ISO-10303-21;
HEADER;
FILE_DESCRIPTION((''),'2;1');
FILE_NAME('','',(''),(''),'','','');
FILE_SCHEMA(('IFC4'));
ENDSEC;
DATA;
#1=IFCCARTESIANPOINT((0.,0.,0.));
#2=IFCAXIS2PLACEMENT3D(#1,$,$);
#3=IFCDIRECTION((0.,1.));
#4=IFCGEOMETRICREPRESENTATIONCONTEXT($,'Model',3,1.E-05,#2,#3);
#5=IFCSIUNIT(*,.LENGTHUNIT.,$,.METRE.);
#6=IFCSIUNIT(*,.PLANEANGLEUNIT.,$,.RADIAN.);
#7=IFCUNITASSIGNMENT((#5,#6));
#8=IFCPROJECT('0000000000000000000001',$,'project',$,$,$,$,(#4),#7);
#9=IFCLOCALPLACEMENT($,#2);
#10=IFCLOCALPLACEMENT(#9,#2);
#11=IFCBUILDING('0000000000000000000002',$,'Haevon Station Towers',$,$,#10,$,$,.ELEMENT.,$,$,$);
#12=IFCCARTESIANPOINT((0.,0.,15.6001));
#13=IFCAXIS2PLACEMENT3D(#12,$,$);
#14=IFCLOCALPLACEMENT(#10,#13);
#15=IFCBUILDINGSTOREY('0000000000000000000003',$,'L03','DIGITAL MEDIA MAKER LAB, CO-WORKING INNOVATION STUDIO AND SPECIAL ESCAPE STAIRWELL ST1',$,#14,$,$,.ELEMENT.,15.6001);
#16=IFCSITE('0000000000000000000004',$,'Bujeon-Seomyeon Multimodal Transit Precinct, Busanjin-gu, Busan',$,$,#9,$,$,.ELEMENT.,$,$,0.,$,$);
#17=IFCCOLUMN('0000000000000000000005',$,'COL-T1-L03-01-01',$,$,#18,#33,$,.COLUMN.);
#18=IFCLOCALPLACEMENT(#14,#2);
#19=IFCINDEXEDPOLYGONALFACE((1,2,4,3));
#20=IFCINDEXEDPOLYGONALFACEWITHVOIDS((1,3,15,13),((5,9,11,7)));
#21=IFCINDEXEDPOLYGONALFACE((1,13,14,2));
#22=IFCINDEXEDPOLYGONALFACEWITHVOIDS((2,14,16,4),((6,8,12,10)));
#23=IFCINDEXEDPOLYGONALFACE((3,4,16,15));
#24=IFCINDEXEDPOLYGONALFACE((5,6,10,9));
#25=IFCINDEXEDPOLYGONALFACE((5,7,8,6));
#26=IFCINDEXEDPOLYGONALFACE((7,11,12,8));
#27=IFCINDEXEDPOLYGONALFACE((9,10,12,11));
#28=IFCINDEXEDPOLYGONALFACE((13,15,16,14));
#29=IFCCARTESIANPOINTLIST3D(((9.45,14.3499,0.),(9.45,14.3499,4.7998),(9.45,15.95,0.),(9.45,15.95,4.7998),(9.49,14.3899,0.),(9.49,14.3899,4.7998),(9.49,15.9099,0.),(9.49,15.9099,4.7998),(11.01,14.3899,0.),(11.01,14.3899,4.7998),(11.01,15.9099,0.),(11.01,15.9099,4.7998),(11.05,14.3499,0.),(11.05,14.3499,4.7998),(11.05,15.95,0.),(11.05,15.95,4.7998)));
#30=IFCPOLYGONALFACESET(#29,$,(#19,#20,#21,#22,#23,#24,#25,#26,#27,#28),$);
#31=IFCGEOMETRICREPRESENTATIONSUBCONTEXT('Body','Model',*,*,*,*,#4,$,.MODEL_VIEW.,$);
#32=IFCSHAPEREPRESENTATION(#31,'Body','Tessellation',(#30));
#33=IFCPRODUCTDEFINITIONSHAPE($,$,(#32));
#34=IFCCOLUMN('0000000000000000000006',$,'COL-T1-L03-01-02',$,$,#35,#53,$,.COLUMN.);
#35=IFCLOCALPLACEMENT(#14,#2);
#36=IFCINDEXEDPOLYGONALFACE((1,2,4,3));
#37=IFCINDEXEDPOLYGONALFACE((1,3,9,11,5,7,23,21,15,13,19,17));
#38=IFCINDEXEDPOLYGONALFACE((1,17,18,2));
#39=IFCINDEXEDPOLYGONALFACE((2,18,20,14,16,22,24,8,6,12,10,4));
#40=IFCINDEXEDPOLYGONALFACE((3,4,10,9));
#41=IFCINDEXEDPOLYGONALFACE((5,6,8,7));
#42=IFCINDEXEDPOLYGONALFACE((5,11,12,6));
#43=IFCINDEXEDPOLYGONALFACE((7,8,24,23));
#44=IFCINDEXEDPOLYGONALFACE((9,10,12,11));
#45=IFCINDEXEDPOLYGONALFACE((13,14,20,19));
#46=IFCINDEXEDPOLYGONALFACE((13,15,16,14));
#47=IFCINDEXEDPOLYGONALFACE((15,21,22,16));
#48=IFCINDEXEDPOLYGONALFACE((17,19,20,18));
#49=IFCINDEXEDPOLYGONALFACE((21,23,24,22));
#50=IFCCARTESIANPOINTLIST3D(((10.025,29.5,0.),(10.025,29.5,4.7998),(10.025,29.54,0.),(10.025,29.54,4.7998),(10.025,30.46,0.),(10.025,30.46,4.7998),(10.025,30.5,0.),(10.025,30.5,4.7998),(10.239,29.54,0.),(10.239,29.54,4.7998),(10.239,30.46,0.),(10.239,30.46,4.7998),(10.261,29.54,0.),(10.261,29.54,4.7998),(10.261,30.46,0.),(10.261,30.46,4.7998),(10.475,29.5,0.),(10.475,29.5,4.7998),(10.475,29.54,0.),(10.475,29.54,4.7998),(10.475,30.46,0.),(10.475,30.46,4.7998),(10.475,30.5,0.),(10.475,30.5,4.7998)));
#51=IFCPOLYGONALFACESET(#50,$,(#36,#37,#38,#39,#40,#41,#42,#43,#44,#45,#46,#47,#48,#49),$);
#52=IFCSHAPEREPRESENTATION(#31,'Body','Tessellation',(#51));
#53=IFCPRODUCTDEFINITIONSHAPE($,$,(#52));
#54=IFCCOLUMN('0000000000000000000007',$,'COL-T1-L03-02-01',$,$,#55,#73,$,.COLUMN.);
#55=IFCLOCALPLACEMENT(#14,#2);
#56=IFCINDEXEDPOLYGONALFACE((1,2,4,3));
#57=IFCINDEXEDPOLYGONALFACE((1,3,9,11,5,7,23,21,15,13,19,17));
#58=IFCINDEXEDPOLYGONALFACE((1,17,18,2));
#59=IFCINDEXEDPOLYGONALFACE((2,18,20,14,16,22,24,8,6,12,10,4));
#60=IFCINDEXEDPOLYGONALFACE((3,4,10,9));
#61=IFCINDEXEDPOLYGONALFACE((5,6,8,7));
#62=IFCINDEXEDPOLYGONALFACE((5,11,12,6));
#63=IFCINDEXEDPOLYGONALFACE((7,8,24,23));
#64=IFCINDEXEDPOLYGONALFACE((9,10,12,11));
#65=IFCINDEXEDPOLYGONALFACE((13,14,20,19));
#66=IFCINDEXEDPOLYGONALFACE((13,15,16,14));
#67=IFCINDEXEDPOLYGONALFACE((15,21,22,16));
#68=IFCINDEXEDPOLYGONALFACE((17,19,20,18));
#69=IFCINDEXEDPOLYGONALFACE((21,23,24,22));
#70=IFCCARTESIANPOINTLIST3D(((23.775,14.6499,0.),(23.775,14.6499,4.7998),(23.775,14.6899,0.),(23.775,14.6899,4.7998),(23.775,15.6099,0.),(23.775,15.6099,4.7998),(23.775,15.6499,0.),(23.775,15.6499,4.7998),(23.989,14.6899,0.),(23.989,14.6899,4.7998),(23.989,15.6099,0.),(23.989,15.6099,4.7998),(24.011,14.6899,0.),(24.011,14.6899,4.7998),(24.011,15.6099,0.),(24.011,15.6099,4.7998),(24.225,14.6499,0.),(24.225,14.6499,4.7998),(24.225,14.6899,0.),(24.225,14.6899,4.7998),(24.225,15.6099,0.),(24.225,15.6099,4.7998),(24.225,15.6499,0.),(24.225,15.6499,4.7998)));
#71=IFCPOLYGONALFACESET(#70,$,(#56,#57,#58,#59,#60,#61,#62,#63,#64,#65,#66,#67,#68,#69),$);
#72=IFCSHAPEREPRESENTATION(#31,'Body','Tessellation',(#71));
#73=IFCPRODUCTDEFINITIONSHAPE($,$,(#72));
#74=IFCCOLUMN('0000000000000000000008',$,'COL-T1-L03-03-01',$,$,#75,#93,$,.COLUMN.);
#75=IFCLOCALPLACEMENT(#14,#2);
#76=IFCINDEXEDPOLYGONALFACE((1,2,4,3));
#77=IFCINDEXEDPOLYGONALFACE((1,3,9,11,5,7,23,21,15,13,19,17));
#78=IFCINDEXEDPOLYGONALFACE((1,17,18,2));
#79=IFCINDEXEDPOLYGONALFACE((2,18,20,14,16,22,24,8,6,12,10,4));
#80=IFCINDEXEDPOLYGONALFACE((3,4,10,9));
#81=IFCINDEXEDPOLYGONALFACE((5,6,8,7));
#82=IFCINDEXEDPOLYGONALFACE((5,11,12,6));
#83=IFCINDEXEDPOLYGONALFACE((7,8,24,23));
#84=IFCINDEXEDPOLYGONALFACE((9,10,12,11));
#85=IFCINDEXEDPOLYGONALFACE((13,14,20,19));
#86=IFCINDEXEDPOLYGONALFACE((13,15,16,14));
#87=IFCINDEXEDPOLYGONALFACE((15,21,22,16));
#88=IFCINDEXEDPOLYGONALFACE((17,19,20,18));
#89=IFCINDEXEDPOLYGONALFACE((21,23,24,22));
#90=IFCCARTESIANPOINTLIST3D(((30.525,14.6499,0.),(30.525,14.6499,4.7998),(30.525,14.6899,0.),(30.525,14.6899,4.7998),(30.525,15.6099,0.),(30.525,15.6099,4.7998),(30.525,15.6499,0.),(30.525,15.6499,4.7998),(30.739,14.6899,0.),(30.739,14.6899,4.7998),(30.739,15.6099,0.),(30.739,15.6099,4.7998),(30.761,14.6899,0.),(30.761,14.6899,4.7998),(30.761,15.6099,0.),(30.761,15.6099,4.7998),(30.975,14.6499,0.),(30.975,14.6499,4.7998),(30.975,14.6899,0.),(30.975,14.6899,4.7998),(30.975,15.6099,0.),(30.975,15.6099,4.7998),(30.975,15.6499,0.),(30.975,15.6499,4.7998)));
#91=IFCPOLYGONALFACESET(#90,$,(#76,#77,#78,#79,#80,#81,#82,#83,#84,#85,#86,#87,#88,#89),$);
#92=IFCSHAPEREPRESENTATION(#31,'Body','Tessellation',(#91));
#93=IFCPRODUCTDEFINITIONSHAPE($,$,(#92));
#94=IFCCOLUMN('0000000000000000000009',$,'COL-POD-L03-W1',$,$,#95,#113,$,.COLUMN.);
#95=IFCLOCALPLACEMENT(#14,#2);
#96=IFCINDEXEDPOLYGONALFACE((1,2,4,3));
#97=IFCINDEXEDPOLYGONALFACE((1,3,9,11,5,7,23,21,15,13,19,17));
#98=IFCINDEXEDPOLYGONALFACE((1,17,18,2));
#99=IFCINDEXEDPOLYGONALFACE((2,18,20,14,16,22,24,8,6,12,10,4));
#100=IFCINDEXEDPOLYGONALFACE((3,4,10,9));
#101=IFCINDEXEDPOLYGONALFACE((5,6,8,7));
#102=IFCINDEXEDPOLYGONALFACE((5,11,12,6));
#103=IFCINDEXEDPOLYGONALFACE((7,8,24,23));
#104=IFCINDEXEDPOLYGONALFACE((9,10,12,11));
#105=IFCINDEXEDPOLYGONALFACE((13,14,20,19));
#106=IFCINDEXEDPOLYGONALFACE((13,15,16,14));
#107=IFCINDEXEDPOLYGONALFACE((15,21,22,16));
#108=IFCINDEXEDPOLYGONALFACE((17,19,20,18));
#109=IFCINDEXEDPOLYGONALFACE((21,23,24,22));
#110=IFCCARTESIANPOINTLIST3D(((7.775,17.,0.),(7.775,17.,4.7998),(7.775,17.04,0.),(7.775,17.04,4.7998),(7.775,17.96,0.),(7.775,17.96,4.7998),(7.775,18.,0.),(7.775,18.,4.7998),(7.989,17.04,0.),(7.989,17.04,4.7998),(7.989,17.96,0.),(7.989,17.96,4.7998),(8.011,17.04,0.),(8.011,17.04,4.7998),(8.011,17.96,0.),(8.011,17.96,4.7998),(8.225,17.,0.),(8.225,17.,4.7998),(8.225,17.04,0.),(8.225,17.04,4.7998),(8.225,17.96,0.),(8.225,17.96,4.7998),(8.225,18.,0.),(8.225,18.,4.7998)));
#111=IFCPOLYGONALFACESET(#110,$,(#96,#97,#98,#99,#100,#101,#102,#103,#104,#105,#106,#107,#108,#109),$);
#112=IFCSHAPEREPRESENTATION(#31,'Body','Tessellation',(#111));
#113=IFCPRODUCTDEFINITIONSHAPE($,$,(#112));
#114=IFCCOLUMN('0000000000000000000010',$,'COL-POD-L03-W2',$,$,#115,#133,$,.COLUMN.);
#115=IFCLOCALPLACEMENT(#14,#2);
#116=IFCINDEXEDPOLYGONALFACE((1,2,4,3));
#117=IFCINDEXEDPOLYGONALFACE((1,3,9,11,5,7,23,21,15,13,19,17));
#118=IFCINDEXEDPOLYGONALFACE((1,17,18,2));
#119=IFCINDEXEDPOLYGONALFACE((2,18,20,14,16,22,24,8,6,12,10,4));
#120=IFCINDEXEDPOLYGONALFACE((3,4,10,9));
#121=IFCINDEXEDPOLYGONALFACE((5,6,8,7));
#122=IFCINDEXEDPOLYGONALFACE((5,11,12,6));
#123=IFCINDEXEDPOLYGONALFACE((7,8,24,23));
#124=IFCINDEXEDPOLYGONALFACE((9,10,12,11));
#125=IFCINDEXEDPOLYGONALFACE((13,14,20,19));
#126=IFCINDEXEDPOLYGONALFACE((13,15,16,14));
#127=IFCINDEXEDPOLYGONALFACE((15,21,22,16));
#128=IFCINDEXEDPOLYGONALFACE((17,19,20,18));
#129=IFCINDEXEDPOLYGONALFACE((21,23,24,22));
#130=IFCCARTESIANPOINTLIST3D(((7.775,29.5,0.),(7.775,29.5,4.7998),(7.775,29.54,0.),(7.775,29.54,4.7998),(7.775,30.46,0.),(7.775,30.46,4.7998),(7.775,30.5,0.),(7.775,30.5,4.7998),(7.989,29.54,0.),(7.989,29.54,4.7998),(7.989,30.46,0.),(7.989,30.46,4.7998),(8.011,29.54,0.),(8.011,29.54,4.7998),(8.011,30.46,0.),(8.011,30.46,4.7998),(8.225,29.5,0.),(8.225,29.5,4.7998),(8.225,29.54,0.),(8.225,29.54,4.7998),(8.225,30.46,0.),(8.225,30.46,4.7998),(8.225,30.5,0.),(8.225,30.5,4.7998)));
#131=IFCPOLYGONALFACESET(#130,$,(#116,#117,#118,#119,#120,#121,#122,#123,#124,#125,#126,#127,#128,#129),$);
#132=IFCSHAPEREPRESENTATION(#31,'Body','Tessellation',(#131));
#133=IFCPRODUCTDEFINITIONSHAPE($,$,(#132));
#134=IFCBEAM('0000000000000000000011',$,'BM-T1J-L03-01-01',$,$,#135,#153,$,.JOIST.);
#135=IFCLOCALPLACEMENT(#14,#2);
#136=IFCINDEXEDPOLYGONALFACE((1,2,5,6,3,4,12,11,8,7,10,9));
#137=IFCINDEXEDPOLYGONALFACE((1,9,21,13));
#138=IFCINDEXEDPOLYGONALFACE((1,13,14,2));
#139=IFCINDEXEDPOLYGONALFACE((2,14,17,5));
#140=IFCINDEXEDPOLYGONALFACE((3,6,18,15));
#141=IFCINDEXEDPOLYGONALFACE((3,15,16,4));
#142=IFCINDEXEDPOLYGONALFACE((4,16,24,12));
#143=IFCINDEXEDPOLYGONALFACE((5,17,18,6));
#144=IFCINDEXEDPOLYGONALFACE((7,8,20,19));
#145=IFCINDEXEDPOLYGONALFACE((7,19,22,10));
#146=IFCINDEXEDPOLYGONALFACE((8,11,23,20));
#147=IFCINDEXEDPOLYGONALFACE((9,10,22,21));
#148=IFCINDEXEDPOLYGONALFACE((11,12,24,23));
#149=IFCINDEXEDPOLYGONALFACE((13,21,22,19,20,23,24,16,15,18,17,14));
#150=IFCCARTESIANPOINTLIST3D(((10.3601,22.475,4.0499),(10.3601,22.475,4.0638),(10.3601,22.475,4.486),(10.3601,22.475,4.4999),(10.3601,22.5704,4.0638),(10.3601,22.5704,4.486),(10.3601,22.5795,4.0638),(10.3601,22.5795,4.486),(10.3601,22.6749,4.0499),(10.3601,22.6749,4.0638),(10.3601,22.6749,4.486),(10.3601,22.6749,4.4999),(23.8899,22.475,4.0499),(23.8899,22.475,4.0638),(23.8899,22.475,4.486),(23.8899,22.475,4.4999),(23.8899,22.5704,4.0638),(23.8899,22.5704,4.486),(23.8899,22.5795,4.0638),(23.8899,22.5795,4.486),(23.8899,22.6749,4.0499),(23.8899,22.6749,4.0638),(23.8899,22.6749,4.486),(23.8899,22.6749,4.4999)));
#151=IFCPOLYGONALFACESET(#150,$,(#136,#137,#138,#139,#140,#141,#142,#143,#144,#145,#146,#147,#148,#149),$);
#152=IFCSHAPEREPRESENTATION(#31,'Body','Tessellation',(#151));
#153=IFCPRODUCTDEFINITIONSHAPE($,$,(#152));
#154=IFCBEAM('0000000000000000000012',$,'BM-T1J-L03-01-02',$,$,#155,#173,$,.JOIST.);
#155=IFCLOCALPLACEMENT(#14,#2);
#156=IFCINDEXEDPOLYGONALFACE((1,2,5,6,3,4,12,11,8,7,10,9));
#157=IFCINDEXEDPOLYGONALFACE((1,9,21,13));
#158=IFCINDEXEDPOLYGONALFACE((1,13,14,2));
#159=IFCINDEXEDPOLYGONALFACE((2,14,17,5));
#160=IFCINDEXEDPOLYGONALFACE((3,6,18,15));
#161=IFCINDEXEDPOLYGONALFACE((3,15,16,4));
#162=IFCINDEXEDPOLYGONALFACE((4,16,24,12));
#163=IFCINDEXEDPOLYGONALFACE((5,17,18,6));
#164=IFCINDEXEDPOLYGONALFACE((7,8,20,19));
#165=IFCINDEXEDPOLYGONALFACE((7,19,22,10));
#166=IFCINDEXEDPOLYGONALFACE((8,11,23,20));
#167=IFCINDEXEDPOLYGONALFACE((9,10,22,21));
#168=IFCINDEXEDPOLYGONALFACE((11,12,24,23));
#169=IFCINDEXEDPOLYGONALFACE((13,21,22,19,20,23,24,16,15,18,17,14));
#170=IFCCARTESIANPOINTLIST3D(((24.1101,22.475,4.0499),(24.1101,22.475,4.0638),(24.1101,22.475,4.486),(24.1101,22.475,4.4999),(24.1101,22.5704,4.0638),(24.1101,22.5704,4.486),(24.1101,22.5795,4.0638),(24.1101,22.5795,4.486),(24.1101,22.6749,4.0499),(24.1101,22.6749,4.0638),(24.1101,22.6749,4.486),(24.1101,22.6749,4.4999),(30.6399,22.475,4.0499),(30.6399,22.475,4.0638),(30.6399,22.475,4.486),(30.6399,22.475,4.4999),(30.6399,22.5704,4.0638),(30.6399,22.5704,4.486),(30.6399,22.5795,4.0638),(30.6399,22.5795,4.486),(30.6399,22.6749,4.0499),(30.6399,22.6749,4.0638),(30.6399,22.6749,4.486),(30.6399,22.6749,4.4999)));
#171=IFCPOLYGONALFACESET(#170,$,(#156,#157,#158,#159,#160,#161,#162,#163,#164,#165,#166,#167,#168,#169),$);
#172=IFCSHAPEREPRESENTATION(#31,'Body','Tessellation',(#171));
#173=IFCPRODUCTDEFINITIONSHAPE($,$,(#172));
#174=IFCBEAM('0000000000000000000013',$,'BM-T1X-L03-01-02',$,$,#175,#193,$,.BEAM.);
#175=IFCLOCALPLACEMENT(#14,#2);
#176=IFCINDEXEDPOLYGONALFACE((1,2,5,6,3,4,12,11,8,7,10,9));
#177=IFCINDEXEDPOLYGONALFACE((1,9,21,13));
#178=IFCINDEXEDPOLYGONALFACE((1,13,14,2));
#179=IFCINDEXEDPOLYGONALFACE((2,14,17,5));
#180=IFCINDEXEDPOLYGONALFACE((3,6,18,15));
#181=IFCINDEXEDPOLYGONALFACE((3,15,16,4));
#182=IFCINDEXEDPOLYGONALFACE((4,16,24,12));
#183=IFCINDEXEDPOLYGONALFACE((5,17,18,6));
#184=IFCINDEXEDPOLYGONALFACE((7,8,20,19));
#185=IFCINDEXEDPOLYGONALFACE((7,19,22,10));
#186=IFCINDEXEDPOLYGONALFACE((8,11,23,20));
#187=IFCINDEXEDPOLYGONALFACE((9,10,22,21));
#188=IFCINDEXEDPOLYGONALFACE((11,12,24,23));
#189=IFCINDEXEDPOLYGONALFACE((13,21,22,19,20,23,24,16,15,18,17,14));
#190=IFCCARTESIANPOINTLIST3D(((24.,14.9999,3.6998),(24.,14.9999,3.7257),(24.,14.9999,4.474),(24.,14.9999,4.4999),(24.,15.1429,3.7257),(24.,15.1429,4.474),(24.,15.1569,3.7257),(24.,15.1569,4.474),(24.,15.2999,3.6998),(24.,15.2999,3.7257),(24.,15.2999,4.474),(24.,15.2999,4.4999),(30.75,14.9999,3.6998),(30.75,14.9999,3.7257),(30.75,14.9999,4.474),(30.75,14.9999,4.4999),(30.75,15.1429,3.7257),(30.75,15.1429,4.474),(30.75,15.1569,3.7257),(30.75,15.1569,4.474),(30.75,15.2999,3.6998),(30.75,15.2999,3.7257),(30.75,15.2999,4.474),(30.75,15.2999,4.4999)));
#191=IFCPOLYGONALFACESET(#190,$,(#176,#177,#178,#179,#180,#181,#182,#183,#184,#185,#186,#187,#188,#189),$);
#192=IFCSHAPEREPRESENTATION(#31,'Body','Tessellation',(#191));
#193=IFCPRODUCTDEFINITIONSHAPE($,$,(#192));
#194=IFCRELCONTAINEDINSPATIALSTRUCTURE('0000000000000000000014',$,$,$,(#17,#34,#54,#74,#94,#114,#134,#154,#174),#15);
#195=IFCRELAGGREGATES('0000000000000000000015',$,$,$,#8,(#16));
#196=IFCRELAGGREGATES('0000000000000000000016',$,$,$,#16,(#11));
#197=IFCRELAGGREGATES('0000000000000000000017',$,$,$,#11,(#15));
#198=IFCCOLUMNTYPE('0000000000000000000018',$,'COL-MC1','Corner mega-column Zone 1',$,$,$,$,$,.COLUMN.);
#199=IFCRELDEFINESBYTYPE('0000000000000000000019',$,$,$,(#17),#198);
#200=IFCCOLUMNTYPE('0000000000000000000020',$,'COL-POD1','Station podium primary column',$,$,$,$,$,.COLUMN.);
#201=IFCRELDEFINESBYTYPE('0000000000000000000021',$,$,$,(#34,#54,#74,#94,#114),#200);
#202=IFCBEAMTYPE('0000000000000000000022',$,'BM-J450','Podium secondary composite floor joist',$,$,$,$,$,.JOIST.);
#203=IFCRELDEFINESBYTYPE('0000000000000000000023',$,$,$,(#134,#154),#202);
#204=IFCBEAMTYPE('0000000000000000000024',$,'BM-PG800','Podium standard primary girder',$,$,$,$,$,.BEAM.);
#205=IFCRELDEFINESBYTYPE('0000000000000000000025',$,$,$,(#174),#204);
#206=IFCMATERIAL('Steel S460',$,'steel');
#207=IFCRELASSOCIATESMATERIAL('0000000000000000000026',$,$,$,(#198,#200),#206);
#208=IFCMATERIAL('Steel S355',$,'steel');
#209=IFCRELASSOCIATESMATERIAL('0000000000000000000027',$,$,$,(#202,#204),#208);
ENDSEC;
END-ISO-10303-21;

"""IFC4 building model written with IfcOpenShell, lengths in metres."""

from ifc_helpers import new_model, si_unit, direction, frame, origin, origin_2d, place, context, subcontext, project, spatial, hollow_rectangle, i_section, extrude, material, material_profile, profile_set, type_object, element, save


model = new_model("IFC4")

# Units and contexts
model_context = context("Model", 3, precision=1e-05, world=origin(), true_north=direction((0.0, 1.0)))
body_context = subcontext(model_context, "Body", "Model", "MODEL_VIEW")
ifc_project = project(units=[si_unit("LENGTHUNIT", "METRE"), si_unit("PLANEANGLEUNIT", "RADIAN")], contexts=[model_context])

# Site, building, storey
site_placement = place(None, origin())
site = spatial("IfcSite", under=ifc_project, at=site_placement, Name="Bujeon-Seomyeon Multimodal Transit Precinct, Busanjin-gu, Busan", CompositionType="ELEMENT", RefElevation=0.0)
building_placement = place(site_placement, origin())
building = spatial("IfcBuilding", under=site, at=building_placement, Name="Haevon Station Towers", CompositionType="ELEMENT")
storey_placement = place(building_placement, frame((0.0, 0.0, 15.6001)))
storey = spatial("IfcBuildingStorey", under=building, at=storey_placement, Name="L03", Description="DIGITAL MEDIA MAKER LAB, CO-WORKING INNOVATION STUDIO AND SPECIAL ESCAPE STAIRWELL ST1", CompositionType="ELEMENT", Elevation=15.6001)

# Columns
ifc_material_1 = material(Name="Steel S460", Category="steel")
ifc_material_profile_1 = material_profile(ifc_material_1, hollow_rectangle(XDim=1.6001, YDim=1.6001, WallThickness=0.04, at=origin_2d()), Name="BOX-1600x1600x40")
ifc_profile_set_1 = profile_set([ifc_material_profile_1], Name="Steel S460")
column_type_1 = type_object("IfcColumnType", Name="COL-MC1", Description="Corner mega-column Zone 1", PredefinedType="COLUMN", material=ifc_profile_set_1)
column_placement = place(storey_placement, frame((10.25, 15.1499, 0.0), z_axis=(0.0, 0.0, 1.0), x_axis=(1.0, 0.0, 0.0)))
element("IfcColumn", 1, at=column_placement, inside=storey, type_object=column_type_1, Name="COL-T1-L03-01-01", PredefinedType="COLUMN", context=body_context, shape_type="SweptSolid", body=[
    extrude(hollow_rectangle(XDim=1.6001, YDim=1.6001, WallThickness=0.04, at=origin_2d()), origin(), (0.0, 0.0, 1.0), 4.7998),
])
ifc_material_profile_2 = material_profile(ifc_material_1, i_section(OverallWidth=0.45, OverallDepth=1.0, WebThickness=0.022, FlangeThickness=0.04, at=origin_2d()), Name="H-1000x450x22x40")
ifc_profile_set_2 = profile_set([ifc_material_profile_2], Name="Steel S460")
column_type_2 = type_object("IfcColumnType", Name="COL-POD1", Description="Station podium primary column", PredefinedType="COLUMN", material=ifc_profile_set_2)
for number, where, z_axis, x_axis, name in (
    (2, (10.25, 30.0, 0.0), (0.0, 0.0, 1.0), (1.0, 0.0, 0.0), "COL-T1-L03-01-02"),
    (3, (24.0, 15.1499, 0.0), (0.0, 0.0, 1.0), (1.0, 0.0, 0.0), "COL-T1-L03-02-01"),
    (4, (30.75, 15.1499, 0.0), (0.0, 0.0, 1.0), (1.0, 0.0, 0.0), "COL-T1-L03-03-01"),
    (5, (8.0, 17.5, 0.0), (0.0, 0.0, 1.0), (1.0, 0.0, 0.0), "COL-POD-L03-W1"),
    (6, (8.0, 30.0, 0.0), (0.0, 0.0, 1.0), (1.0, 0.0, 0.0), "COL-POD-L03-W2"),
):
    element("IfcColumn", number, at=place(storey_placement, frame(where, z_axis=z_axis, x_axis=x_axis)), inside=storey, type_object=column_type_2, Name=name, PredefinedType="COLUMN", context=body_context, shape_type="SweptSolid", body=[
        extrude(i_section(OverallWidth=0.45, OverallDepth=1.0, WebThickness=0.022, FlangeThickness=0.04, at=origin_2d()), origin(), (0.0, 0.0, 1.0), 4.7998),
    ])

# Beams
ifc_material_2 = material(Name="Steel S355", Category="steel")
ifc_material_profile_3 = material_profile(ifc_material_2, i_section(OverallWidth=0.2, OverallDepth=0.45, WebThickness=0.009, FlangeThickness=0.0139, at=origin_2d()), Name="H-450x200x9x14")
ifc_profile_set_3 = profile_set([ifc_material_profile_3], Name="Steel S355")
beam_type_1 = type_object("IfcBeamType", Name="BM-J450", Description="Podium secondary composite floor joist", PredefinedType="JOIST", material=ifc_profile_set_3)
beam_1_placement = place(storey_placement, frame((10.3601, 22.575, 4.2749), z_axis=(1.0, 0.0, 0.0), x_axis=(0.0, 1.0, 0.0)))
element("IfcBeam", 7, at=beam_1_placement, inside=storey, type_object=beam_type_1, Name="BM-T1J-L03-01-01", PredefinedType="JOIST", context=body_context, shape_type="SweptSolid", body=[
    extrude(i_section(OverallWidth=0.2, OverallDepth=0.45, WebThickness=0.009, FlangeThickness=0.0139, at=origin_2d()), origin(), (0.0, 0.0, 1.0), 13.5298),
])
beam_2_placement = place(storey_placement, frame((24.1101, 22.575, 4.2749), z_axis=(1.0, 0.0, 0.0), x_axis=(0.0, 1.0, 0.0)))
element("IfcBeam", 8, at=beam_2_placement, inside=storey, type_object=beam_type_1, Name="BM-T1J-L03-01-02", PredefinedType="JOIST", context=body_context, shape_type="SweptSolid", body=[
    extrude(i_section(OverallWidth=0.2, OverallDepth=0.45, WebThickness=0.009, FlangeThickness=0.0139, at=origin_2d()), origin(), (0.0, 0.0, 1.0), 6.5298),
])
ifc_material_profile_4 = material_profile(ifc_material_2, i_section(OverallWidth=0.3, OverallDepth=0.8, WebThickness=0.0139, FlangeThickness=0.0259, at=origin_2d()), Name="H-800x300x14x26")
ifc_profile_set_4 = profile_set([ifc_material_profile_4], Name="Steel S355")
beam_type_2 = type_object("IfcBeamType", Name="BM-PG800", Description="Podium standard primary girder", PredefinedType="BEAM", material=ifc_profile_set_4)
beam_3_placement = place(storey_placement, frame((24.0, 15.1499, 4.0999), z_axis=(1.0, 0.0, 0.0), x_axis=(0.0, 1.0, 0.0)))
element("IfcBeam", 9, at=beam_3_placement, inside=storey, type_object=beam_type_2, Name="BM-T1X-L03-01-02", PredefinedType="BEAM", context=body_context, shape_type="SweptSolid", body=[
    extrude(i_section(OverallWidth=0.3, OverallDepth=0.8, WebThickness=0.0139, FlangeThickness=0.0259, at=origin_2d()), origin(), (0.0, 0.0, 1.0), 6.75),
])

save(model, "model.ifc")
